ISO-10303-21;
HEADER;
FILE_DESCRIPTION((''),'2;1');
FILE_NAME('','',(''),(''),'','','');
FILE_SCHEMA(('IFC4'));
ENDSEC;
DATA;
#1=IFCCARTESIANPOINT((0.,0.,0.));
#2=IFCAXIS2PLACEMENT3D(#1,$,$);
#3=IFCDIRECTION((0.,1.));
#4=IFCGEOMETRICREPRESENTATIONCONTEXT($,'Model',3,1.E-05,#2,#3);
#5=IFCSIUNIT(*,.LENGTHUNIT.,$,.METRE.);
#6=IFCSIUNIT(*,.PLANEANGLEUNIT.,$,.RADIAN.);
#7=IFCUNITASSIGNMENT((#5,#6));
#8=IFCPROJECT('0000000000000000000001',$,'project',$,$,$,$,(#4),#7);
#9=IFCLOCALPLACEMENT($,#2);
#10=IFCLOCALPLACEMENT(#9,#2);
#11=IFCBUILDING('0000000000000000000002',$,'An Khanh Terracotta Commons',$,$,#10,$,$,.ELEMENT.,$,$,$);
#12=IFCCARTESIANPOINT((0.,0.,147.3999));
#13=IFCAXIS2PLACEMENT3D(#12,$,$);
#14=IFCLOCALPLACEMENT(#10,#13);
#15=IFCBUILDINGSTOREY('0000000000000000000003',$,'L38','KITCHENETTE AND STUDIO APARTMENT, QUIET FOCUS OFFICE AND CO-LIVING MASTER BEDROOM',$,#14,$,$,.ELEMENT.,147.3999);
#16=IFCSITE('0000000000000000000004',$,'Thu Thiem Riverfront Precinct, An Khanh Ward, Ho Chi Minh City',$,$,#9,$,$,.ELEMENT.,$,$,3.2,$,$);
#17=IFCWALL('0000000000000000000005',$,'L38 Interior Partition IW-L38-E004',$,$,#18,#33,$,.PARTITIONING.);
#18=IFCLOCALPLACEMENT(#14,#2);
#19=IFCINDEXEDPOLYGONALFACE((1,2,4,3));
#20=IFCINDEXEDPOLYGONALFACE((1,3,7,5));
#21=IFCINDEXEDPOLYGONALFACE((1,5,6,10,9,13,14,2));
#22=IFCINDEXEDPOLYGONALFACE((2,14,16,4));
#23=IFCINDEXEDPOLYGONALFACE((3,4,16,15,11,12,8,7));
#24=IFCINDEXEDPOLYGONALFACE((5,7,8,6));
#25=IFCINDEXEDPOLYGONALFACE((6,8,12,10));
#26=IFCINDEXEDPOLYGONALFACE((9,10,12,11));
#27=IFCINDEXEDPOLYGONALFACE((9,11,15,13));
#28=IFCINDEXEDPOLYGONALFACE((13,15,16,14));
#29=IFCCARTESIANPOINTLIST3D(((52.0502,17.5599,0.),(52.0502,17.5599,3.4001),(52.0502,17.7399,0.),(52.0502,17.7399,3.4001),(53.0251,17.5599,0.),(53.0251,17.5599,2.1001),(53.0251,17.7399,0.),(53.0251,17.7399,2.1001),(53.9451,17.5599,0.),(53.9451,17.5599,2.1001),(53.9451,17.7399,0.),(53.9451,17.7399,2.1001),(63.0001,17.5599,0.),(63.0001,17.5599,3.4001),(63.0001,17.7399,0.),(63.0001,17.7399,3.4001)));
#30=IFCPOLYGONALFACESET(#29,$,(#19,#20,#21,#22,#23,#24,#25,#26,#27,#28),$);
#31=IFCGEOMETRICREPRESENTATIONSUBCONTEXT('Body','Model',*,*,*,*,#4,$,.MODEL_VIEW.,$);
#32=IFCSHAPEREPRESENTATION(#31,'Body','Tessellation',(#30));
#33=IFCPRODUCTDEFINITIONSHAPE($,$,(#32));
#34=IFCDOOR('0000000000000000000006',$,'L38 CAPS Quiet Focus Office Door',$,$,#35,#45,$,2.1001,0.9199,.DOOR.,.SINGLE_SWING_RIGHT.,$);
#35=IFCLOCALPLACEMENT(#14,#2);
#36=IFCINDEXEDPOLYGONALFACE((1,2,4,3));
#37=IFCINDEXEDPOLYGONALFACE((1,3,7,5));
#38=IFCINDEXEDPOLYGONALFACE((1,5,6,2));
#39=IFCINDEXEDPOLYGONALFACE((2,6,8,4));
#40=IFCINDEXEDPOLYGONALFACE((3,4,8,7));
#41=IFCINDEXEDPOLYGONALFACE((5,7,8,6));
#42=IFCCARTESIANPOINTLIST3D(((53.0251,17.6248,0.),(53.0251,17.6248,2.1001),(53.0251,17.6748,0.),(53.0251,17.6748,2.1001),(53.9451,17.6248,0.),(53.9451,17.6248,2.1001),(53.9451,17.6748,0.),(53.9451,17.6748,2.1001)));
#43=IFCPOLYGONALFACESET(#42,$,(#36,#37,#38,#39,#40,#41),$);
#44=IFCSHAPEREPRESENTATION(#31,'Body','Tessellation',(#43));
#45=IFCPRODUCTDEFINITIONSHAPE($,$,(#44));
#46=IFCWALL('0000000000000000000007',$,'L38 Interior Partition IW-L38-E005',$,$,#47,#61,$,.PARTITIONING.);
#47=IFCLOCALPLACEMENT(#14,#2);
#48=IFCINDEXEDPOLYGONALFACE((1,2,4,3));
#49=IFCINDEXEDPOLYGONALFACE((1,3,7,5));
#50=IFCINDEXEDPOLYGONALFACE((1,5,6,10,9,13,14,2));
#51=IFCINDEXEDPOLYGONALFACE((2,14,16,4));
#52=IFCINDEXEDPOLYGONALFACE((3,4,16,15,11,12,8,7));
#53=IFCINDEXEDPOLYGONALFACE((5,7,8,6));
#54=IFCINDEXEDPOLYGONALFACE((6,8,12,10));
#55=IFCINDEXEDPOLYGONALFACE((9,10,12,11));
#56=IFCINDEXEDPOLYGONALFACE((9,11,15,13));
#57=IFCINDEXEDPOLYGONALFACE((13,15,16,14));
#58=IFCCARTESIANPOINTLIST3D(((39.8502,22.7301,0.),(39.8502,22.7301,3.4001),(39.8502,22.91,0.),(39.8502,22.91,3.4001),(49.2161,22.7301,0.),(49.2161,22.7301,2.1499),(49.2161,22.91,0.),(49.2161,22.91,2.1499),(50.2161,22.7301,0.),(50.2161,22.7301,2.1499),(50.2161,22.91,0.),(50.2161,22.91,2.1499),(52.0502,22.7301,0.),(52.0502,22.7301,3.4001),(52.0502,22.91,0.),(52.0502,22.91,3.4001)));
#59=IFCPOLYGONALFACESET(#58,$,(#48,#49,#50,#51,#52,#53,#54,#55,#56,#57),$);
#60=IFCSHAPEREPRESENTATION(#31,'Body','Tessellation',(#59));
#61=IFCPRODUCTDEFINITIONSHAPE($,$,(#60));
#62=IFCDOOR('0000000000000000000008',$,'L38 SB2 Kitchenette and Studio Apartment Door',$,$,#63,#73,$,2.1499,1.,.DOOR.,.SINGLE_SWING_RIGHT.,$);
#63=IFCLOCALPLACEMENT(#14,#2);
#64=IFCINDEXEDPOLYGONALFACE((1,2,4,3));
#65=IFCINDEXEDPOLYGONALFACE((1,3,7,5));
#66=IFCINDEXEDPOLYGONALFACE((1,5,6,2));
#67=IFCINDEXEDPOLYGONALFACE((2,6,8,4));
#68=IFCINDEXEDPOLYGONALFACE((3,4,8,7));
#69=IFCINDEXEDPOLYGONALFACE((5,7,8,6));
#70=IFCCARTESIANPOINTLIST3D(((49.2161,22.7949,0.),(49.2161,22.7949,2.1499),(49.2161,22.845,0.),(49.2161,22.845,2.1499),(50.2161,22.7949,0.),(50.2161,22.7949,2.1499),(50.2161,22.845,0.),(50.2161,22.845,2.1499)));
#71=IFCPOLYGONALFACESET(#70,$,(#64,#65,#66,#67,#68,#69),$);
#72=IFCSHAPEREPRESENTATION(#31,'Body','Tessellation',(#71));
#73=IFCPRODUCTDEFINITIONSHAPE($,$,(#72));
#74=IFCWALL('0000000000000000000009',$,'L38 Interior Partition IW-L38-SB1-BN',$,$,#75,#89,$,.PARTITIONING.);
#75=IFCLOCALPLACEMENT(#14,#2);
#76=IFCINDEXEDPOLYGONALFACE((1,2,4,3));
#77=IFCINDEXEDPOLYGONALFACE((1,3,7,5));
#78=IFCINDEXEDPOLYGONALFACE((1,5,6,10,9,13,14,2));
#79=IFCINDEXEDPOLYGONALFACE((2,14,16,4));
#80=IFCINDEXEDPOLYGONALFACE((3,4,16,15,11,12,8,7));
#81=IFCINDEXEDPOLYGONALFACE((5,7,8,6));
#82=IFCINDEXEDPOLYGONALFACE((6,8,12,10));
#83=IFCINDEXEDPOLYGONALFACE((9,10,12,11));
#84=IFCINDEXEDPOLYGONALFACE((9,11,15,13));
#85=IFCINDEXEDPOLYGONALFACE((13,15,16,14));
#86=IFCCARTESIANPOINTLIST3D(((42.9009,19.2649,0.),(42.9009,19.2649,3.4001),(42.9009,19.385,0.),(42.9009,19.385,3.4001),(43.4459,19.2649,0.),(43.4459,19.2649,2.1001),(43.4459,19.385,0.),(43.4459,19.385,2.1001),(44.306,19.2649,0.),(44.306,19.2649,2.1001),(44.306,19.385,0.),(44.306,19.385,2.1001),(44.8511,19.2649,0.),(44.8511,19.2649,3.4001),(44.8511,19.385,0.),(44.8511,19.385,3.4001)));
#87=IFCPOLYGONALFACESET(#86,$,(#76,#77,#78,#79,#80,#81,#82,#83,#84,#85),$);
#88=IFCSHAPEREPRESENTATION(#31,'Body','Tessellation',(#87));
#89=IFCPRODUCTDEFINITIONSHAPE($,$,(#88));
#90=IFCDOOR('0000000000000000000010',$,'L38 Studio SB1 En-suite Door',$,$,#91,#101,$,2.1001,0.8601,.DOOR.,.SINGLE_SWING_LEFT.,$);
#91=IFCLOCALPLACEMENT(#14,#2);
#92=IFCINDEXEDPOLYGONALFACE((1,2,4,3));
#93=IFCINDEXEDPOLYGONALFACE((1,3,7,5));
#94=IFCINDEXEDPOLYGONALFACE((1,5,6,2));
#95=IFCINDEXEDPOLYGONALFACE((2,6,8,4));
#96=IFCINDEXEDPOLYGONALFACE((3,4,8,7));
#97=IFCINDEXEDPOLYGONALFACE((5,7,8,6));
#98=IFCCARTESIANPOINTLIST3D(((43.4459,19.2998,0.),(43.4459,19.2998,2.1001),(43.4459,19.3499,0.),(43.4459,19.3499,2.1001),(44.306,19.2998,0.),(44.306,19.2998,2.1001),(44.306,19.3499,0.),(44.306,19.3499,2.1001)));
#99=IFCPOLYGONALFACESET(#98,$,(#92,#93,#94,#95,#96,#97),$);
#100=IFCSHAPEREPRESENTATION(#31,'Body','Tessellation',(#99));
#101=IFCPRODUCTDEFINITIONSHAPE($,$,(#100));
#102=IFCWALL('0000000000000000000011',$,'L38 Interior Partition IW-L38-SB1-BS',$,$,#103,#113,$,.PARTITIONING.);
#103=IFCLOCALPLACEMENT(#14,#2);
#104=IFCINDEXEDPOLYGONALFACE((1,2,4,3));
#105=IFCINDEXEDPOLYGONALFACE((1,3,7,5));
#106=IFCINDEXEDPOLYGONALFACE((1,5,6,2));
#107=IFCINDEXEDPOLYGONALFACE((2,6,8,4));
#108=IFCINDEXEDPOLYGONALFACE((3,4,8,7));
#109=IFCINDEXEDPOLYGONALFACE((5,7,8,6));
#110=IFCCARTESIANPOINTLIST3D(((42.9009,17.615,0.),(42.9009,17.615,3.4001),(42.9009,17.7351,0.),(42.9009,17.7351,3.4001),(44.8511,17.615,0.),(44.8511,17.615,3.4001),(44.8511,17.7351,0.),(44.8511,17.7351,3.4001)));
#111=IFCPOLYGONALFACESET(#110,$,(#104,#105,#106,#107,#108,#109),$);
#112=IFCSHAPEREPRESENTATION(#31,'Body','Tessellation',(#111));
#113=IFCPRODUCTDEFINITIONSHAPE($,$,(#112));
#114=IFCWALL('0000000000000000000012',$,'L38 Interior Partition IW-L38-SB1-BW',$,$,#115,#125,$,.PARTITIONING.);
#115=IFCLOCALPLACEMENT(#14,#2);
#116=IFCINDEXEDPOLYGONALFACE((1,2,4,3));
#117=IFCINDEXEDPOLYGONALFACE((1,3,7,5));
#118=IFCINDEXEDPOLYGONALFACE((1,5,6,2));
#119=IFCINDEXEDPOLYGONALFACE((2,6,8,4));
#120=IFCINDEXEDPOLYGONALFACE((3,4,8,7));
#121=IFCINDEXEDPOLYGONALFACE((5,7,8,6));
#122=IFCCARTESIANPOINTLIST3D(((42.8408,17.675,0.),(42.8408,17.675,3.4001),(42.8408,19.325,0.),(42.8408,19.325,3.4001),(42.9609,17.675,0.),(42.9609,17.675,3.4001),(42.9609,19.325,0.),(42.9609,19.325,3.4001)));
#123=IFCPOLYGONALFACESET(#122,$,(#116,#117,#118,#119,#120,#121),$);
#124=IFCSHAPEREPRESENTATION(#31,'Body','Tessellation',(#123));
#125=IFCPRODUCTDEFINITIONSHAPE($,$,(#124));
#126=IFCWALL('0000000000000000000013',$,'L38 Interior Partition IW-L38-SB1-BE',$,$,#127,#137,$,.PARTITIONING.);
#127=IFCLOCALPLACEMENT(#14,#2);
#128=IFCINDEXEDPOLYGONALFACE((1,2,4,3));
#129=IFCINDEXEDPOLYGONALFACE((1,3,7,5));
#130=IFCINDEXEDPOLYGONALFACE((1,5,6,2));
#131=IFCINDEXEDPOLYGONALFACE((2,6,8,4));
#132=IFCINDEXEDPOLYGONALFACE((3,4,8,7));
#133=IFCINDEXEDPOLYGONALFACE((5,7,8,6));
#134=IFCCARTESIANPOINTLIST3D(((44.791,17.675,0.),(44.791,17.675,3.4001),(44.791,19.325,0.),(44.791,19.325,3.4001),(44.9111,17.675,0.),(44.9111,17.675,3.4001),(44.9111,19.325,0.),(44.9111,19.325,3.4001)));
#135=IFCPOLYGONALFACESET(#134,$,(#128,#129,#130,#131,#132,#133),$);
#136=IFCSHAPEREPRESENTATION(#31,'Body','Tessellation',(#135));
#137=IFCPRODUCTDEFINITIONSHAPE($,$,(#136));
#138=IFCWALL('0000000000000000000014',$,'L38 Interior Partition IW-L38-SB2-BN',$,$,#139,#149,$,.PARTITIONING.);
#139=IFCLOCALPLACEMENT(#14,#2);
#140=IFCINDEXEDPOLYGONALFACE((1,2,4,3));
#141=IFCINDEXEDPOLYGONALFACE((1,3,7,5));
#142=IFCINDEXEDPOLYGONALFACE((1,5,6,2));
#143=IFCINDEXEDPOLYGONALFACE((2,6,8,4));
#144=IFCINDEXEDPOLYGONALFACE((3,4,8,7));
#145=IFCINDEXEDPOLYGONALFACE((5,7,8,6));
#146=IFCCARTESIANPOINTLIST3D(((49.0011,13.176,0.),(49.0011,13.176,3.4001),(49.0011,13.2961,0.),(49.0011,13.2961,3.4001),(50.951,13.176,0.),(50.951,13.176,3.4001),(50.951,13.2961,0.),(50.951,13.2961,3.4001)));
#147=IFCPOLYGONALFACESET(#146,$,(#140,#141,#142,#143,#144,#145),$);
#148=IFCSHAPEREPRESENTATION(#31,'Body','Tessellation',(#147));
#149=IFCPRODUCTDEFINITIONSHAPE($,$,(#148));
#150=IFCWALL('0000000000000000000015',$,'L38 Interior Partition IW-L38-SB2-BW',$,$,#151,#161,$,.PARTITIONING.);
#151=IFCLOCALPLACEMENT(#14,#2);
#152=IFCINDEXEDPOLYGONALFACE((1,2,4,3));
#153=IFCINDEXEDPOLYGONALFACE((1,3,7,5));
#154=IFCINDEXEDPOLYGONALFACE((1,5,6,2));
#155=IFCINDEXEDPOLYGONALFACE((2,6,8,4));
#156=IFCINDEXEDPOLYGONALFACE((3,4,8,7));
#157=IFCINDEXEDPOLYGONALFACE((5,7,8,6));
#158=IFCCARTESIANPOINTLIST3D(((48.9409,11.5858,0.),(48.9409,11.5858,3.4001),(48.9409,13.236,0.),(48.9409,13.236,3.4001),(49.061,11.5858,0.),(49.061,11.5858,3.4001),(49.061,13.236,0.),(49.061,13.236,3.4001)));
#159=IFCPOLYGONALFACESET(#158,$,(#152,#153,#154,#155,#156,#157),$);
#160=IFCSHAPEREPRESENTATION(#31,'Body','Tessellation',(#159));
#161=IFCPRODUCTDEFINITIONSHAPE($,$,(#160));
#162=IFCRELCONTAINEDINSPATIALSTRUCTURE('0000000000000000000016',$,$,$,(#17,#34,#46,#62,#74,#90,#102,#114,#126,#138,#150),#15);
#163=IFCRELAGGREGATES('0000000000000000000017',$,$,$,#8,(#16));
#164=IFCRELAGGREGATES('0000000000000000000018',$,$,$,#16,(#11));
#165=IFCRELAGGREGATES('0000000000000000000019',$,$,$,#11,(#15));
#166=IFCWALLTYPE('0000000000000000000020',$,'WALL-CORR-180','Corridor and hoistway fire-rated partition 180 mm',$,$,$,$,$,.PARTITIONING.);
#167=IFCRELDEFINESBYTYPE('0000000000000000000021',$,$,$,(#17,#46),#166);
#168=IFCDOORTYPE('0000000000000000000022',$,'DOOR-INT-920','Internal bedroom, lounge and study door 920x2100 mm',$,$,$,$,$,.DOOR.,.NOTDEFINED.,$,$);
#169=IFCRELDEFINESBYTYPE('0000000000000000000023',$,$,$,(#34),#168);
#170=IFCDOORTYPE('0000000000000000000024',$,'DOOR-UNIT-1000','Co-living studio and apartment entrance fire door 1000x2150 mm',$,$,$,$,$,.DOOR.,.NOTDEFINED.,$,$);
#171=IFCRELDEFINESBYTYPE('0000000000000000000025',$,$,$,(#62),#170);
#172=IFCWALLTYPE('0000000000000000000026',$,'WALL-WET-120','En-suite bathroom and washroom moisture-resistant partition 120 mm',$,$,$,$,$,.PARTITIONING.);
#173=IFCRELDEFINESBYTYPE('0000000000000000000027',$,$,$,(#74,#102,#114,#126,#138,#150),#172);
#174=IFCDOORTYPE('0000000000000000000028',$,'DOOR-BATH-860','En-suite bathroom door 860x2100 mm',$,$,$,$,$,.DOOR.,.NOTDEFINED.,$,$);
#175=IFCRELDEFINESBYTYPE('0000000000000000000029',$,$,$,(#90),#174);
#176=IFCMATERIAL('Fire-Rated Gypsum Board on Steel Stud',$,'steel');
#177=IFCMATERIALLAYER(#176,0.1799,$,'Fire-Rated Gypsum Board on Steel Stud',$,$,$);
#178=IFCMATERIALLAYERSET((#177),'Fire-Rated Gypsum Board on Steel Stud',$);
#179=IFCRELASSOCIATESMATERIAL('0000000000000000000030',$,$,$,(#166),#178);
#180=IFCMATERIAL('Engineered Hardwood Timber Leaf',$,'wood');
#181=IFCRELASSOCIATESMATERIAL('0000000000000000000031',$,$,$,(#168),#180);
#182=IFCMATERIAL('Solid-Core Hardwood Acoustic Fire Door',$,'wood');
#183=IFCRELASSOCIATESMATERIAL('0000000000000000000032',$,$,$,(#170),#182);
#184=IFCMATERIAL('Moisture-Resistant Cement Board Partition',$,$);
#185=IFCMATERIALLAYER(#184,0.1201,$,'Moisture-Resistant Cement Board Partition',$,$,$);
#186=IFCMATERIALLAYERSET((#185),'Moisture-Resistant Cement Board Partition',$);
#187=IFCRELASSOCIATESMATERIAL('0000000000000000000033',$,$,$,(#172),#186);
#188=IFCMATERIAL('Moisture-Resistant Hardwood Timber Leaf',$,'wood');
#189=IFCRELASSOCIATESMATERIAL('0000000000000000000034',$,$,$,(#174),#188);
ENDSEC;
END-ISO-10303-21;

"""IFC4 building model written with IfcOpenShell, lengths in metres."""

from ifc_helpers import new_model, si_unit, direction, frame, frame_2d, origin, place, context, subcontext, project, spatial, rectangle, extrude, material, layer, layer_set, type_object, element, fill, save


model = new_model("IFC4")

# Units and contexts
model_context = context("Model", 3, precision=1e-05, world=origin(), true_north=direction((0.0, 1.0)))
body_context = subcontext(model_context, "Body", "Model", "MODEL_VIEW")
ifc_project = project(units=[si_unit("LENGTHUNIT", "METRE"), si_unit("PLANEANGLEUNIT", "RADIAN")], contexts=[model_context])

# Site, building, storey
site_placement = place(None, origin())
site = spatial("IfcSite", under=ifc_project, at=site_placement, Name="Thu Thiem Riverfront Precinct, An Khanh Ward, Ho Chi Minh City", CompositionType="ELEMENT", RefElevation=3.2)
building_placement = place(site_placement, origin())
building = spatial("IfcBuilding", under=site, at=building_placement, Name="An Khanh Terracotta Commons", CompositionType="ELEMENT")
storey_placement = place(building_placement, frame((0.0, 0.0, 147.3999)))
storey = spatial("IfcBuildingStorey", under=building, at=storey_placement, Name="L38", Description="KITCHENETTE AND STUDIO APARTMENT, QUIET FOCUS OFFICE AND CO-LIVING MASTER BEDROOM", CompositionType="ELEMENT", Elevation=147.3999)

# Walls, openings, doors
ifc_material_1 = material(Name="Fire-Rated Gypsum Board on Steel Stud", Category="steel")
ifc_layer_1 = layer(ifc_material_1, 0.1799, Name="Fire-Rated Gypsum Board on Steel Stud")
ifc_layer_set_1 = layer_set([ifc_layer_1], Name="Fire-Rated Gypsum Board on Steel Stud")
wall_type_1 = type_object("IfcWallType", Name="WALL-CORR-180", Description="Corridor and hoistway fire-rated partition 180 mm", PredefinedType="PARTITIONING", material=ifc_layer_set_1)
wall_1_placement = place(storey_placement, frame((52.05, 17.6499, 0.0), z_axis=(0.0, 0.0, 1.0), x_axis=(1.0, 0.0, 0.0)))
wall_1 = element("IfcWall", 1, at=wall_1_placement, inside=storey, type_object=wall_type_1, Name="L38 Interior Partition IW-L38-E004", PredefinedType="PARTITIONING", context=body_context, shape_type="SweptSolid", body=[
    extrude(rectangle(XDim=10.95, YDim=0.1799, at=frame_2d((5.4751, 0.0))), origin(), (0.0, 0.0, 1.0), 3.4001),
])
opening_1_placement = place(wall_1_placement, frame((0.9751, 0.0, 0.0)))
opening_1 = element("IfcOpeningElement", 2, at=opening_1_placement, cuts=wall_1, PredefinedType="OPENING", context=body_context, shape_type="SweptSolid", body=[
    extrude(rectangle(XDim=0.9199, YDim=2.1001, at=frame_2d((0.46, 1.05))), frame((0.0, 0.0999, 0.0), z_axis=(0.0, -1.0, 0.0), x_axis=(1.0, 0.0, 0.0)), (0.0, 0.0, 1.0), 0.2),
])
ifc_material_2 = material(Name="Engineered Hardwood Timber Leaf", Category="wood")
door_type_1 = type_object("IfcDoorType", Name="DOOR-INT-920", Description="Internal bedroom, lounge and study door 920x2100 mm", OperationType="NOTDEFINED", PredefinedType="DOOR", material=ifc_material_2)
door_1_placement = place(opening_1_placement, origin())
door_1 = element("IfcDoor", 3, at=door_1_placement, inside=storey, type_object=door_type_1, Name="L38 CAPS Quiet Focus Office Door", OperationType="SINGLE_SWING_RIGHT", OverallHeight=2.1001, OverallWidth=0.9199, PredefinedType="DOOR", context=body_context, shape_type="SweptSolid", body=[
    extrude(rectangle(XDim=0.9199, YDim=2.1001, at=frame_2d((0.46, 1.05))), frame((0.0, 0.0249, 0.0), z_axis=(0.0, -1.0, 0.0), x_axis=(1.0, 0.0, 0.0)), (0.0, 0.0, 1.0), 0.05),
])
fill(opening_1, door_1)
wall_2_placement = place(storey_placement, frame((39.8501, 22.8201, 0.0), z_axis=(0.0, 0.0, 1.0), x_axis=(1.0, 0.0, 0.0)))
wall_2 = element("IfcWall", 4, at=wall_2_placement, inside=storey, type_object=wall_type_1, Name="L38 Interior Partition IW-L38-E005", PredefinedType="PARTITIONING", context=body_context, shape_type="SweptSolid", body=[
    extrude(rectangle(XDim=12.2, YDim=0.1799, at=frame_2d((6.1001, 0.0))), origin(), (0.0, 0.0, 1.0), 3.4001),
])
opening_2_placement = place(wall_2_placement, frame((9.366, 0.0, 0.0)))
opening_2 = element("IfcOpeningElement", 5, at=opening_2_placement, cuts=wall_2, PredefinedType="OPENING", context=body_context, shape_type="SweptSolid", body=[
    extrude(rectangle(XDim=1.0, YDim=2.1499, at=frame_2d((0.5, 1.075))), frame((0.0, 0.0999, 0.0), z_axis=(0.0, -1.0, 0.0), x_axis=(1.0, 0.0, 0.0)), (0.0, 0.0, 1.0), 0.2),
])
ifc_material_3 = material(Name="Solid-Core Hardwood Acoustic Fire Door", Category="wood")
door_type_2 = type_object("IfcDoorType", Name="DOOR-UNIT-1000", Description="Co-living studio and apartment entrance fire door 1000x2150 mm", OperationType="NOTDEFINED", PredefinedType="DOOR", material=ifc_material_3)
door_2_placement = place(opening_2_placement, origin())
door_2 = element("IfcDoor", 6, at=door_2_placement, inside=storey, type_object=door_type_2, Name="L38 SB2 Kitchenette and Studio Apartment Door", OperationType="SINGLE_SWING_RIGHT", OverallHeight=2.1499, OverallWidth=1.0, PredefinedType="DOOR", context=body_context, shape_type="SweptSolid", body=[
    extrude(rectangle(XDim=1.0, YDim=2.1499, at=frame_2d((0.5, 1.075))), frame((0.0, 0.0249, 0.0), z_axis=(0.0, -1.0, 0.0), x_axis=(1.0, 0.0, 0.0)), (0.0, 0.0, 1.0), 0.05),
])
fill(opening_2, door_2)
ifc_material_4 = material(Name="Moisture-Resistant Cement Board Partition")
ifc_layer_2 = layer(ifc_material_4, 0.1201, Name="Moisture-Resistant Cement Board Partition")
ifc_layer_set_2 = layer_set([ifc_layer_2], Name="Moisture-Resistant Cement Board Partition")
wall_type_2 = type_object("IfcWallType", Name="WALL-WET-120", Description="En-suite bathroom and washroom moisture-resistant partition 120 mm", PredefinedType="PARTITIONING", material=ifc_layer_set_2)
wall_3_placement = place(storey_placement, frame((42.9009, 19.325, 0.0), z_axis=(0.0, 0.0, 1.0), x_axis=(1.0, 0.0, 0.0)))
wall_3 = element("IfcWall", 7, at=wall_3_placement, inside=storey, type_object=wall_type_2, Name="L38 Interior Partition IW-L38-SB1-BN", PredefinedType="PARTITIONING", context=body_context, shape_type="SweptSolid", body=[
    extrude(rectangle(XDim=1.9502, YDim=0.1201, at=frame_2d((0.9751, 0.0))), origin(), (0.0, 0.0, 1.0), 3.4001),
])
opening_3_placement = place(wall_3_placement, frame((0.5449, 0.0, 0.0)))
opening_3 = element("IfcOpeningElement", 8, at=opening_3_placement, cuts=wall_3, PredefinedType="OPENING", context=body_context, shape_type="SweptSolid", body=[
    extrude(rectangle(XDim=0.8601, YDim=2.1001, at=frame_2d((0.4302, 1.05))), frame((0.0, 0.0701, 0.0), z_axis=(0.0, -1.0, 0.0), x_axis=(1.0, 0.0, 0.0)), (0.0, 0.0, 1.0), 0.1401),
])
ifc_material_5 = material(Name="Moisture-Resistant Hardwood Timber Leaf", Category="wood")
door_type_3 = type_object("IfcDoorType", Name="DOOR-BATH-860", Description="En-suite bathroom door 860x2100 mm", OperationType="NOTDEFINED", PredefinedType="DOOR", material=ifc_material_5)
door_3_placement = place(opening_3_placement, origin())
door_3 = element("IfcDoor", 9, at=door_3_placement, inside=storey, type_object=door_type_3, Name="L38 Studio SB1 En-suite Door", OperationType="SINGLE_SWING_LEFT", OverallHeight=2.1001, OverallWidth=0.8601, PredefinedType="DOOR", context=body_context, shape_type="SweptSolid", body=[
    extrude(rectangle(XDim=0.8601, YDim=2.1001, at=frame_2d((0.4302, 1.05))), frame((0.0, 0.0249, 0.0), z_axis=(0.0, -1.0, 0.0), x_axis=(1.0, 0.0, 0.0)), (0.0, 0.0, 1.0), 0.05),
])
fill(opening_3, door_3)

# Walls
wall_4_placement = place(storey_placement, frame((44.8511, 17.675, 0.0), z_axis=(0.0, 0.0, 1.0), x_axis=(-1.0, 0.0, 0.0)))
element("IfcWall", 10, at=wall_4_placement, inside=storey, type_object=wall_type_2, Name="L38 Interior Partition IW-L38-SB1-BS", PredefinedType="PARTITIONING", context=body_context, shape_type="SweptSolid", body=[
    extrude(rectangle(XDim=1.9502, YDim=0.1201, at=frame_2d((0.9751, 0.0))), origin(), (0.0, 0.0, 1.0), 3.4001),
])
for number, where, z_axis, x_axis, name in (
    (11, (42.9009, 19.325, 0.0), (0.0, 0.0, 1.0), (0.0, -1.0, 0.0), "L38 Interior Partition IW-L38-SB1-BW"),
    (12, (44.8511, 17.675, 0.0), (0.0, 0.0, 1.0), (0.0, 1.0, 0.0), "L38 Interior Partition IW-L38-SB1-BE"),
):
    element("IfcWall", number, at=place(storey_placement, frame(where, z_axis=z_axis, x_axis=x_axis)), inside=storey, type_object=wall_type_2, Name=name, PredefinedType="PARTITIONING", context=body_context, shape_type="SweptSolid", body=[
        extrude(rectangle(XDim=1.6499, YDim=0.1201, at=frame_2d((0.825, 0.0))), origin(), (0.0, 0.0, 1.0), 3.4001),
    ])
wall_5_placement = place(storey_placement, frame((49.001, 13.2361, 0.0), z_axis=(0.0, 0.0, 1.0), x_axis=(1.0, 0.0, 0.0)))
element("IfcWall", 13, at=wall_5_placement, inside=storey, type_object=wall_type_2, Name="L38 Interior Partition IW-L38-SB2-BN", PredefinedType="PARTITIONING", context=body_context, shape_type="SweptSolid", body=[
    extrude(rectangle(XDim=1.95, YDim=0.1201, at=frame_2d((0.9751, 0.0))), origin(), (0.0, 0.0, 1.0), 3.4001),
])
wall_6_placement = place(storey_placement, frame((49.001, 13.2361, 0.0), z_axis=(0.0, 0.0, 1.0), x_axis=(0.0, -1.0, 0.0)))
element("IfcWall", 14, at=wall_6_placement, inside=storey, type_object=wall_type_2, Name="L38 Interior Partition IW-L38-SB2-BW", PredefinedType="PARTITIONING", context=body_context, shape_type="SweptSolid", body=[
    extrude(rectangle(XDim=1.6501, YDim=0.1201, at=frame_2d((0.8252, 0.0))), origin(), (0.0, 0.0, 1.0), 3.4001),
])

save(model, "model.ifc")
